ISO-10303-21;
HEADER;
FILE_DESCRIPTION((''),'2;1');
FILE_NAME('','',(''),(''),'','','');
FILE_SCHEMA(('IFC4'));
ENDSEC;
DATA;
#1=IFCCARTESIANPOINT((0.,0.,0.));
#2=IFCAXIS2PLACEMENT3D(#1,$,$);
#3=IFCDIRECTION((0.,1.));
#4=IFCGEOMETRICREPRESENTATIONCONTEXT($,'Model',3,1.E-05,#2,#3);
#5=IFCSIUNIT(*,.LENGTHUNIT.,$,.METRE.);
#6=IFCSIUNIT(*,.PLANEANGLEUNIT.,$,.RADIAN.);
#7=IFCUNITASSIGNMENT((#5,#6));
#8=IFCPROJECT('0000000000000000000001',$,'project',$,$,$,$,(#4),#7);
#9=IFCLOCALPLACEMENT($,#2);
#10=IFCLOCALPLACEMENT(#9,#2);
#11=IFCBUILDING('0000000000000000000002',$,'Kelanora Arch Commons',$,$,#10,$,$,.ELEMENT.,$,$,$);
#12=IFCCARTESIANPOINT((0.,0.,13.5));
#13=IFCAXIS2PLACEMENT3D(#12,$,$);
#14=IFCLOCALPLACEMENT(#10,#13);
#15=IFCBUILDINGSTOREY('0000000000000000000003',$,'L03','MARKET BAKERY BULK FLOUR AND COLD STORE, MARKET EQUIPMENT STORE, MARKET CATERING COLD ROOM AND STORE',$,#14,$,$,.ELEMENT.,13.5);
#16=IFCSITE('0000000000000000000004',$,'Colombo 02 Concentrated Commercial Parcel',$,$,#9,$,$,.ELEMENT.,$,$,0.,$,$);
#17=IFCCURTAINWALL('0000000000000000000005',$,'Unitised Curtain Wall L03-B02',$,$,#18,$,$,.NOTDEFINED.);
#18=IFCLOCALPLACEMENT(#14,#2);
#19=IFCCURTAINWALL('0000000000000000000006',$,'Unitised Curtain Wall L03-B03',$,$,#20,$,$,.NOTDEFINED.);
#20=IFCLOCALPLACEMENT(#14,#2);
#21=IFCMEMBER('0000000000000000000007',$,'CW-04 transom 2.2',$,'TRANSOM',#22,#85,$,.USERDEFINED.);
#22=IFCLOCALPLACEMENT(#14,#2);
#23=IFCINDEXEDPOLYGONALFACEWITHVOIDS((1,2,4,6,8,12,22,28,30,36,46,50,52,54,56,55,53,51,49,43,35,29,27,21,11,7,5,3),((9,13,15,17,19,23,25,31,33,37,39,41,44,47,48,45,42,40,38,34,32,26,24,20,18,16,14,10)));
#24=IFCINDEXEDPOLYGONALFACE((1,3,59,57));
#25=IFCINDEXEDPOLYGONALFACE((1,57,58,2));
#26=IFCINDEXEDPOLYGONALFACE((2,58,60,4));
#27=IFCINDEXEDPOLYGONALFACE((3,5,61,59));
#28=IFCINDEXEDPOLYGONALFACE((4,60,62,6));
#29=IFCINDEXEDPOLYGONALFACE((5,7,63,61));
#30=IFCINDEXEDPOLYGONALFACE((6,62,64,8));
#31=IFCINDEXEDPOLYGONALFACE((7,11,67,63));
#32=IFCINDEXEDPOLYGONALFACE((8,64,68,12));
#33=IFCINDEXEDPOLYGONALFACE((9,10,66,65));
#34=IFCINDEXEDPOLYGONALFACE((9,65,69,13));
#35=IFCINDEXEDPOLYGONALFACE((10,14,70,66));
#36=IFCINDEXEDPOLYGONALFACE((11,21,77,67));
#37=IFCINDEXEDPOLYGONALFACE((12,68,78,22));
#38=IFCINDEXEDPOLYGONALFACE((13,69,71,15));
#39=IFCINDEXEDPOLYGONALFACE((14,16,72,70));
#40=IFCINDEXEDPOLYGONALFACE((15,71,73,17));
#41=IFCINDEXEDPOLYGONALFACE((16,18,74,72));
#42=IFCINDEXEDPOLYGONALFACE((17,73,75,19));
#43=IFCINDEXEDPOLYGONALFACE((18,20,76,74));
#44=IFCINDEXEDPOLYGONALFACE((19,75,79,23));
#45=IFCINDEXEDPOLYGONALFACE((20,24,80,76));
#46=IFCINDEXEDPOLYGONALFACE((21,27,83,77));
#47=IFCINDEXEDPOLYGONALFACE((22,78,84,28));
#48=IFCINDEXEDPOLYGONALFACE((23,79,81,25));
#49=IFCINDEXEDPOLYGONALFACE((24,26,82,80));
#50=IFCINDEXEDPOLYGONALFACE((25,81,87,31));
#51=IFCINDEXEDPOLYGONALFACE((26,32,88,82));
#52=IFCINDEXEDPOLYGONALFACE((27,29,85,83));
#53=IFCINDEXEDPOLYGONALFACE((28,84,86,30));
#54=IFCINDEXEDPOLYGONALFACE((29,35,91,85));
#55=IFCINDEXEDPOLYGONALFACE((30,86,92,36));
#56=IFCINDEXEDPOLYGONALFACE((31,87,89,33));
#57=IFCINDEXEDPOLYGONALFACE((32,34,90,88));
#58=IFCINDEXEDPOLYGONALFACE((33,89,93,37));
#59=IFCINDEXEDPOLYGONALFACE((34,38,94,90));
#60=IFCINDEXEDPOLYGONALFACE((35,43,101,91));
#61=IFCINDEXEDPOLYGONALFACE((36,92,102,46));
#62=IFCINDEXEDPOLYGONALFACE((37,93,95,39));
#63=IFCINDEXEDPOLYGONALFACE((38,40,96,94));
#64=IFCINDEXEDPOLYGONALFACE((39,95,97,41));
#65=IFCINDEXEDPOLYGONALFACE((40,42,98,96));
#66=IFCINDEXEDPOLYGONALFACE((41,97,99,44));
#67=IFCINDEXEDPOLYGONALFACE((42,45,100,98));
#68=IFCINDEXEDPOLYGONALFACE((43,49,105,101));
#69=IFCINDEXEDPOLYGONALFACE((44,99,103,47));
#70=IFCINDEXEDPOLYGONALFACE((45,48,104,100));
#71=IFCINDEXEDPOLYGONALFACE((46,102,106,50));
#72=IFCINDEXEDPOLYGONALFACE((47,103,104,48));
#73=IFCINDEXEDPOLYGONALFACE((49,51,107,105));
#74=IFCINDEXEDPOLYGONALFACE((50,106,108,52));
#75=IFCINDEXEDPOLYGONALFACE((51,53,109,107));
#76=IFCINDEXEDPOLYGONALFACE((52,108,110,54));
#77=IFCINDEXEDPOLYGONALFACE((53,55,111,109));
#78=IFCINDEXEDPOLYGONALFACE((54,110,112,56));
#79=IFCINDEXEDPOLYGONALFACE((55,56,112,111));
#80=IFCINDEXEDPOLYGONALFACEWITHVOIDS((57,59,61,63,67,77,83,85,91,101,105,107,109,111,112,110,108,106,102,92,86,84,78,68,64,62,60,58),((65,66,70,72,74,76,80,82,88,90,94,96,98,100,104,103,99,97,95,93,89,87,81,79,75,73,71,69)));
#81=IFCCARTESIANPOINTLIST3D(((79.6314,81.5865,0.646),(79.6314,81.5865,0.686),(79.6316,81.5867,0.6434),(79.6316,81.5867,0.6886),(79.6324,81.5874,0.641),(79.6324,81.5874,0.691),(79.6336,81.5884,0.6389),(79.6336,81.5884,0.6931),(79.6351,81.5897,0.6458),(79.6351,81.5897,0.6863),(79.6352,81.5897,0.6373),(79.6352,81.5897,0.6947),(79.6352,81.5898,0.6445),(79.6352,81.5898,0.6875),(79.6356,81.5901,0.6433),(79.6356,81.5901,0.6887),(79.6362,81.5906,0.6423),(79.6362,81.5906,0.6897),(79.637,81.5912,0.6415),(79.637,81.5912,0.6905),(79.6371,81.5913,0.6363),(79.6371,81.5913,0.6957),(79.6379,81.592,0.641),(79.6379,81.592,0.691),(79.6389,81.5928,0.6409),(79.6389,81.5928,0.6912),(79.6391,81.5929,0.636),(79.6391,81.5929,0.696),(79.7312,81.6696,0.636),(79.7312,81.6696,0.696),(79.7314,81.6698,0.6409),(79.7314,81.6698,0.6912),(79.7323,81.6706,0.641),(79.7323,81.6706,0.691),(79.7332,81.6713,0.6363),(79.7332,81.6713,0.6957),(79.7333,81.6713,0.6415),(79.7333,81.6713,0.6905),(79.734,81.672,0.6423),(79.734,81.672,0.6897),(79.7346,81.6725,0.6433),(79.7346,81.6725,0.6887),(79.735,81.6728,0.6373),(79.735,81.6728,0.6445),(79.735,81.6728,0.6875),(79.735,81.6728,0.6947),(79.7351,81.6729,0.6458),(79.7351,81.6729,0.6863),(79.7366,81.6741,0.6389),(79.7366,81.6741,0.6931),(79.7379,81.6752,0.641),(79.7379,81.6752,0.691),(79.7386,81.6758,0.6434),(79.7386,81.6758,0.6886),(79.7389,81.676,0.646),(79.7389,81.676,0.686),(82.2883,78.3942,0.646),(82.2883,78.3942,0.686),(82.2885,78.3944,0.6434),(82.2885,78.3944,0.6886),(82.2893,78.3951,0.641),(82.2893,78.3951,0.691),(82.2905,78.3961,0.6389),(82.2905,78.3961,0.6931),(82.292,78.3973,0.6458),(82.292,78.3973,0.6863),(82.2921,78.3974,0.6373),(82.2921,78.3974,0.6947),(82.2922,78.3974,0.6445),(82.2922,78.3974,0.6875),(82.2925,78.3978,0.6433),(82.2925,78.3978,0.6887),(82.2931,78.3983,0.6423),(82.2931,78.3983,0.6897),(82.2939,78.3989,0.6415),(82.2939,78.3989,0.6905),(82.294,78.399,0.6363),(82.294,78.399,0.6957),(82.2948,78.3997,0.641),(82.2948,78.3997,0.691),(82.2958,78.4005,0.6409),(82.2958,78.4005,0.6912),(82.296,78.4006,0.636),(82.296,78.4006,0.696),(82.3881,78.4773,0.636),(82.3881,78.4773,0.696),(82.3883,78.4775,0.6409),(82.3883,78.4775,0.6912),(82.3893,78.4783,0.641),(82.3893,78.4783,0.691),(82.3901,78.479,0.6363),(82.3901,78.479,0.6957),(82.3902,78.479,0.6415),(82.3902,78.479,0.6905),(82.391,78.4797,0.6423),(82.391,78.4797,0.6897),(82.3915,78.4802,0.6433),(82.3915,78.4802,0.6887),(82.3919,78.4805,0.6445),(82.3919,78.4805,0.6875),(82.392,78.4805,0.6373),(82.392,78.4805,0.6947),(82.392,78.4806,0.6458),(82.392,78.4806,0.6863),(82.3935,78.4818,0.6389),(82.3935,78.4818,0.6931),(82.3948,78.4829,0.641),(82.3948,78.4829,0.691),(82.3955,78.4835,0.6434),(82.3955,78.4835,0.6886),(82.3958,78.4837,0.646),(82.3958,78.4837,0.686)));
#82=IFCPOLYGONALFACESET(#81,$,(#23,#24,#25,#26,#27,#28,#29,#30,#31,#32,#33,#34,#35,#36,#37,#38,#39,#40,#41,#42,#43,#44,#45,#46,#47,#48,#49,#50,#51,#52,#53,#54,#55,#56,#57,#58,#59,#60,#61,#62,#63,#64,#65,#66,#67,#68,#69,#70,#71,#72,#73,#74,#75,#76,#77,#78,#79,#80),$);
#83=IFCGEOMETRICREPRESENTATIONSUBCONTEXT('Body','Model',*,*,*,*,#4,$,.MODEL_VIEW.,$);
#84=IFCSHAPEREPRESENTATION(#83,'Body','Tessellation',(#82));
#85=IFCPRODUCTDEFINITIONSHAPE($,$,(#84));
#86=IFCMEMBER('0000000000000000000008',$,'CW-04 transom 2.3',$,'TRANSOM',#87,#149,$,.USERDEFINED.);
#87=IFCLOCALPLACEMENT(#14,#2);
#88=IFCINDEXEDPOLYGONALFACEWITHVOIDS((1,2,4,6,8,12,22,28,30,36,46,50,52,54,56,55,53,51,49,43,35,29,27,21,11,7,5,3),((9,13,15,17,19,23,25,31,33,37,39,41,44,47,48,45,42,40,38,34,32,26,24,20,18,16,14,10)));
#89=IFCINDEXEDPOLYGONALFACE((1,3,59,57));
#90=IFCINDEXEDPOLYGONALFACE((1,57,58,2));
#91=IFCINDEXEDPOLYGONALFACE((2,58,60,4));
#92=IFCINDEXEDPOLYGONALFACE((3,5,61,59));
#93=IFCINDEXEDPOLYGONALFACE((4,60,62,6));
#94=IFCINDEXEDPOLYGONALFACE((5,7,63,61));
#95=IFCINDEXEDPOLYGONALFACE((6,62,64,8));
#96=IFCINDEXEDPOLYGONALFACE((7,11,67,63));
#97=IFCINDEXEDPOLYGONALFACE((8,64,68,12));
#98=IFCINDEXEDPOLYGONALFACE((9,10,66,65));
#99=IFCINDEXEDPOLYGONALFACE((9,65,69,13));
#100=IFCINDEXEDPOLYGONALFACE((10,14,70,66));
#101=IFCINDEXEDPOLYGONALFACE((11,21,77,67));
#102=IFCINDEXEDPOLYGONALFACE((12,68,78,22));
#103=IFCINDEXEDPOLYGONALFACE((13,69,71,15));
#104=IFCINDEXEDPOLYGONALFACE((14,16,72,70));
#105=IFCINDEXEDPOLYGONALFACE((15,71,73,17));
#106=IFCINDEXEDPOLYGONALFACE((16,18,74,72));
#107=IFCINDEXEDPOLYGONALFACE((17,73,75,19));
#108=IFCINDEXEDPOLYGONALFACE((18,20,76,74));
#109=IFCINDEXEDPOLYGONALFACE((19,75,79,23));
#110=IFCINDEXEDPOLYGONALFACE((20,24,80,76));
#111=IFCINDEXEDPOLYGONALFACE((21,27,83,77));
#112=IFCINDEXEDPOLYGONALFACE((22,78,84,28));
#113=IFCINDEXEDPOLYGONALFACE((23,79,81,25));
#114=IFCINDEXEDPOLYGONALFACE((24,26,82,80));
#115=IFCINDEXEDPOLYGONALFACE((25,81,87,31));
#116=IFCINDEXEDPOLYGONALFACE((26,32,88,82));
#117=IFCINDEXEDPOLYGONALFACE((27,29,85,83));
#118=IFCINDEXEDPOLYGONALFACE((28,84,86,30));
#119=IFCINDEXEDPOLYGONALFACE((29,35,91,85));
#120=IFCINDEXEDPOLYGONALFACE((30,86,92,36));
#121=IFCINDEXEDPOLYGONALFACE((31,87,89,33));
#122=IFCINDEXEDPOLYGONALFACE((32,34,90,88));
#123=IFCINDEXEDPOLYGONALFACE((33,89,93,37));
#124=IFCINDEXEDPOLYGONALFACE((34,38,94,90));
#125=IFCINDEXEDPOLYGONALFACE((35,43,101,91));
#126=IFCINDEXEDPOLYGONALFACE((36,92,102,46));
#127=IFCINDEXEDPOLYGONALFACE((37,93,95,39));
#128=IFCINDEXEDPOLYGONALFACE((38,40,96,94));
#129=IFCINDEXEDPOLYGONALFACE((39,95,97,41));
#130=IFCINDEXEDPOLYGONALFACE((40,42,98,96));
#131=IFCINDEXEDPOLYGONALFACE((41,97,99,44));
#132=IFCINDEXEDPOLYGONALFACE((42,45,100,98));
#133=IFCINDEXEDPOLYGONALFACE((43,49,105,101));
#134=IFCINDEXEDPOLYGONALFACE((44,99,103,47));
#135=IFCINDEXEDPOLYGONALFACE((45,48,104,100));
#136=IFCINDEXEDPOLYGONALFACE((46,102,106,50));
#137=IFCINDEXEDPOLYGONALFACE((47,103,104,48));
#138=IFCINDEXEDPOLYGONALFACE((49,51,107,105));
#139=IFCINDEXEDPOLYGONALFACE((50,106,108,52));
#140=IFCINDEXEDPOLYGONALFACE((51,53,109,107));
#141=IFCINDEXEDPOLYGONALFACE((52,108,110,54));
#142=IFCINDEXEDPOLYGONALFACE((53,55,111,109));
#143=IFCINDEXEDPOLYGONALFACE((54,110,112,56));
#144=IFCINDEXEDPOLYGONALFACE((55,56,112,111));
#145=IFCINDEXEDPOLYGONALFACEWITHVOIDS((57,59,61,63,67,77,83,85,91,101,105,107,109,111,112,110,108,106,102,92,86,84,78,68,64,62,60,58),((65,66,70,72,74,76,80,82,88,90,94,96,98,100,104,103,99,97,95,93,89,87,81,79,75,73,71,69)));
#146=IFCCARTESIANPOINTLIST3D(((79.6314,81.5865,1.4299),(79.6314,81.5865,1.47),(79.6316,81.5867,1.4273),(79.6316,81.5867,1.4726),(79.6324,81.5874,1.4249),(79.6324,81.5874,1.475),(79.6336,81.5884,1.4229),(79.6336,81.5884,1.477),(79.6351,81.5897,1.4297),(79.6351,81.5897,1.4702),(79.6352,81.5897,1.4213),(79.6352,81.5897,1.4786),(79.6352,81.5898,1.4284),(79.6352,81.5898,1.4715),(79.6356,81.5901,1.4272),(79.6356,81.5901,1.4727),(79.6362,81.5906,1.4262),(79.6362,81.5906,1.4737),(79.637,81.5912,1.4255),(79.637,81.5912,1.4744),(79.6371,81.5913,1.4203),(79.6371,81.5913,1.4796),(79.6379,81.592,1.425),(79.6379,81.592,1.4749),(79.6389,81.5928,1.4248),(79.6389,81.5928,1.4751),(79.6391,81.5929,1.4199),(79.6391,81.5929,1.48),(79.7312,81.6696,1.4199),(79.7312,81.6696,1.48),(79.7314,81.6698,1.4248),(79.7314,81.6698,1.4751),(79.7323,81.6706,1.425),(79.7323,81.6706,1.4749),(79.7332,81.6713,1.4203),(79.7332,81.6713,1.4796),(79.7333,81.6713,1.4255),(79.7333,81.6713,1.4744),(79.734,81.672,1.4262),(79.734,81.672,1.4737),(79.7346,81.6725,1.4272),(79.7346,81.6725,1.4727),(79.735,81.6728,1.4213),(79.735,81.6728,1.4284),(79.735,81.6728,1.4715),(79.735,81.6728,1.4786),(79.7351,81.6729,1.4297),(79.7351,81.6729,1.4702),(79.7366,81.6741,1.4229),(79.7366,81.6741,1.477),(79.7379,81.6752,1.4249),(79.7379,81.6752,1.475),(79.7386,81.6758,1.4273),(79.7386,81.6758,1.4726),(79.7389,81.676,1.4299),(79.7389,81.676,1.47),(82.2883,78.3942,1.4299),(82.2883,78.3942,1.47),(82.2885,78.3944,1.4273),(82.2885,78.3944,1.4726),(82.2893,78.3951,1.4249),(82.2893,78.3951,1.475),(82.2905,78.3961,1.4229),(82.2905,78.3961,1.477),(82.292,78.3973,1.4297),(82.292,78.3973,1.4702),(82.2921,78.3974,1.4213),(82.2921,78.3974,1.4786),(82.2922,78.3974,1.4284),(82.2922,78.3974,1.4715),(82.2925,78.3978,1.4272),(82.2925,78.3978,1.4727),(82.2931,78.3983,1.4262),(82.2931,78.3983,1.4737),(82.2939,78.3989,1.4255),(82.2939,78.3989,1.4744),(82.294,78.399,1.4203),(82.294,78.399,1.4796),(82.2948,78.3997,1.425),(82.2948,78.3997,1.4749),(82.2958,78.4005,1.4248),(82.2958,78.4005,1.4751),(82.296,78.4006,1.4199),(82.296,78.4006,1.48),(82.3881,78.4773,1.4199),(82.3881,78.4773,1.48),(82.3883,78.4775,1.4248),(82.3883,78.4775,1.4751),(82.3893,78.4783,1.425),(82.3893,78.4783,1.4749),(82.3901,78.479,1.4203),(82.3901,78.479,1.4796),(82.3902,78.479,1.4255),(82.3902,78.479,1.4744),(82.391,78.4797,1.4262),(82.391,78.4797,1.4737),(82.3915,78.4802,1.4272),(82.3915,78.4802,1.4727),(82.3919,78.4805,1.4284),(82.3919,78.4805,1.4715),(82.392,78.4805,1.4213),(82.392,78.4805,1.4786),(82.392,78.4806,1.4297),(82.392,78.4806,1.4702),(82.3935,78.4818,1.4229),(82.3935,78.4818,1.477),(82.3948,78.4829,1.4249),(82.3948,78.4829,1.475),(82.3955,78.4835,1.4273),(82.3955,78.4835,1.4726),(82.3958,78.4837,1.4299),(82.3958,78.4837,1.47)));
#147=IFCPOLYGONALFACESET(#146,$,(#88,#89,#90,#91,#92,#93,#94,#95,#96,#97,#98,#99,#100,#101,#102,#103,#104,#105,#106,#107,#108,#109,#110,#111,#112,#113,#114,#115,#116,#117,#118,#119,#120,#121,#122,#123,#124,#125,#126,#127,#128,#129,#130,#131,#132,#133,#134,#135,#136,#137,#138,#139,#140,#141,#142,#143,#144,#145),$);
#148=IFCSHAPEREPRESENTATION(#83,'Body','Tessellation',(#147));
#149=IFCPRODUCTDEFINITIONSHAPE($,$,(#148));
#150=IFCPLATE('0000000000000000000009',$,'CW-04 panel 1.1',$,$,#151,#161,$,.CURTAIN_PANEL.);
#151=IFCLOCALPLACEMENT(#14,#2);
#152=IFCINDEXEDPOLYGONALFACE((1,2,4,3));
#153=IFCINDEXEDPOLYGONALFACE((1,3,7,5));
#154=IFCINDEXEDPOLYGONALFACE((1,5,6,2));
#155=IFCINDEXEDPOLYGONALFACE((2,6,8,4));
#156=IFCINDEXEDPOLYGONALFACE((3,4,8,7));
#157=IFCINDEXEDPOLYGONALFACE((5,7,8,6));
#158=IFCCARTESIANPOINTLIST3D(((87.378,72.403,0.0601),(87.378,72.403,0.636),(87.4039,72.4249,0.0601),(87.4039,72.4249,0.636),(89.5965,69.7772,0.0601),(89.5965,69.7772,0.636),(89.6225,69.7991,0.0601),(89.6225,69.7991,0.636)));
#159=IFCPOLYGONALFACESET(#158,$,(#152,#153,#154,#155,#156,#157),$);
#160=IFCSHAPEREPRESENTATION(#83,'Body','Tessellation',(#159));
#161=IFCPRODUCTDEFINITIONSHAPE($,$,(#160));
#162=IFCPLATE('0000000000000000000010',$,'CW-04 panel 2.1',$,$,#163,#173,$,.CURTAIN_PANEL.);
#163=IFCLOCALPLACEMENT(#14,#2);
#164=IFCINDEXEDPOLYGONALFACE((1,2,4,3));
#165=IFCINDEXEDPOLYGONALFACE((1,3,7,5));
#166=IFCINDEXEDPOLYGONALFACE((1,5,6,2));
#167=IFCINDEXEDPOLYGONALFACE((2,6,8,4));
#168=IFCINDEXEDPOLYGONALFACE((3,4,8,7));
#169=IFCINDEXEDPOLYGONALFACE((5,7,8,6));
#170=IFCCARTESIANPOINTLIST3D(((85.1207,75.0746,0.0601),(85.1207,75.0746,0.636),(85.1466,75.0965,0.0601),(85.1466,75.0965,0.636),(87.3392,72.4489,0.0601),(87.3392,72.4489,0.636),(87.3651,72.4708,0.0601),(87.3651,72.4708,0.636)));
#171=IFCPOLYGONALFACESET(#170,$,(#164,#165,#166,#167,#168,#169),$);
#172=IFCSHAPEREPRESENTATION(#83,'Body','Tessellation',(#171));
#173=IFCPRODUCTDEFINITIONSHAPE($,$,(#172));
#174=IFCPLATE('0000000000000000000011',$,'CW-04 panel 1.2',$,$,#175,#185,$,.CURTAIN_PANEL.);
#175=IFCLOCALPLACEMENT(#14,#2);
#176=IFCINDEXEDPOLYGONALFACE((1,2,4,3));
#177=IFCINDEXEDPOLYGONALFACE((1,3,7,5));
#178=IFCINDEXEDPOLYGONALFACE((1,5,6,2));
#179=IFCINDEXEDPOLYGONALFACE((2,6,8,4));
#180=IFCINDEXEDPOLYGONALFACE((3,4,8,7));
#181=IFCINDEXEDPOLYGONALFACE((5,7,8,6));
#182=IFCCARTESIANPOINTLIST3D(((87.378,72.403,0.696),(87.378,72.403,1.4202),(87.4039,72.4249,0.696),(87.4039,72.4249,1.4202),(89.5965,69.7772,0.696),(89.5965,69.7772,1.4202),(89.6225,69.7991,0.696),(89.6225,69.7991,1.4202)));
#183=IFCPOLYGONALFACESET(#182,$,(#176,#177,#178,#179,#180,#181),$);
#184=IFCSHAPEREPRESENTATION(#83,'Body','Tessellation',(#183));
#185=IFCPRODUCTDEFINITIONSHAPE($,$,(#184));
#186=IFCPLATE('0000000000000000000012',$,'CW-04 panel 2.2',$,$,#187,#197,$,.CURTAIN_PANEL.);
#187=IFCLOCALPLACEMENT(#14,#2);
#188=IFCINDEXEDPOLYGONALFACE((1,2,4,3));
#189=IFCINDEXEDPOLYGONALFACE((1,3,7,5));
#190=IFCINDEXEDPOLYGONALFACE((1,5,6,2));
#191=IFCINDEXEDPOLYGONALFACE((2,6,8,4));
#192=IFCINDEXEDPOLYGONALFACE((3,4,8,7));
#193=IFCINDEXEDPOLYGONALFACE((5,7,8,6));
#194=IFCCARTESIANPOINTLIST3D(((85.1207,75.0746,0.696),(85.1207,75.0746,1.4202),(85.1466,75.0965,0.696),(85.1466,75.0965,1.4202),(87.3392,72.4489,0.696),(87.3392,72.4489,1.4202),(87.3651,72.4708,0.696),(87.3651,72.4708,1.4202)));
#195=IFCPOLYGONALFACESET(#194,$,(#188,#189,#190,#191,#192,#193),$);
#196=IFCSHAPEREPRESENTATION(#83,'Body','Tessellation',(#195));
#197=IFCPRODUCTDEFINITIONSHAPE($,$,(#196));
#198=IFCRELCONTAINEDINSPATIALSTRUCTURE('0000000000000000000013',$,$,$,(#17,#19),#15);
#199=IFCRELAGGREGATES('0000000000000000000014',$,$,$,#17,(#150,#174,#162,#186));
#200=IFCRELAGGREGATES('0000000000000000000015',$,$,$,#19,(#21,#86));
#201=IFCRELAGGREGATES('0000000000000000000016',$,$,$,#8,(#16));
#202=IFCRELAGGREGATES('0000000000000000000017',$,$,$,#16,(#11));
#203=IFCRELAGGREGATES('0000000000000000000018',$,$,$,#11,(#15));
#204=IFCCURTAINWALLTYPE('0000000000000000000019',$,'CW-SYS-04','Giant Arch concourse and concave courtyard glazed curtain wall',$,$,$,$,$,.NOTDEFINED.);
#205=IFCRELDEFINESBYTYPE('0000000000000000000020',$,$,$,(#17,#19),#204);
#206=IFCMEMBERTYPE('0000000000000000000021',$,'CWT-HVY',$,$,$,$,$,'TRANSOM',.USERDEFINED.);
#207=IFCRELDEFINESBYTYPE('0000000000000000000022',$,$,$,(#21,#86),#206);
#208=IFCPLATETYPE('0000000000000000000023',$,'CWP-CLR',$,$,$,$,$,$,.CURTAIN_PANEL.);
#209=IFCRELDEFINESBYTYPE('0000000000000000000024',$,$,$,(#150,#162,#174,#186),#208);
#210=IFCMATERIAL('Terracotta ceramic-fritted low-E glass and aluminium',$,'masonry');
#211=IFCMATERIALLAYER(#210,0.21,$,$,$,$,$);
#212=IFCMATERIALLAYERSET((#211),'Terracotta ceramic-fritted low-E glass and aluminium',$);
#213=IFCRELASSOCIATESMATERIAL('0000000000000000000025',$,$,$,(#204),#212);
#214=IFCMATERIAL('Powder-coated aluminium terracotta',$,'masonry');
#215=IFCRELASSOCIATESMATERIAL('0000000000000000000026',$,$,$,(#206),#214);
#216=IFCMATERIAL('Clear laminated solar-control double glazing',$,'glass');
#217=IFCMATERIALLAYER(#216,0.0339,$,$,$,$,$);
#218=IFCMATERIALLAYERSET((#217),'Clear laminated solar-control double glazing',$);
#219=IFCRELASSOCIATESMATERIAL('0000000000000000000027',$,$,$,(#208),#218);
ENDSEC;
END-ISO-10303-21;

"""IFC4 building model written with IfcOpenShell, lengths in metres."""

from ifc_helpers import new_model, si_unit, direction, frame, origin, origin_2d, place, context, subcontext, project, spatial, rectangle, hollow_rectangle, extrude, source, transform, mapped, material, layer, layer_set, material_profile, profile_set, type_object, element, aggregate, save


model = new_model("IFC4")

# Units and contexts
model_context = context("Model", 3, precision=1e-05, world=origin(), true_north=direction((0.0, 1.0)))
body_context = subcontext(model_context, "Body", "Model", "MODEL_VIEW")
ifc_project = project(units=[si_unit("LENGTHUNIT", "METRE"), si_unit("PLANEANGLEUNIT", "RADIAN")], contexts=[model_context])

# Site, building, storey
site_placement = place(None, origin())
site = spatial("IfcSite", under=ifc_project, at=site_placement, Name="Colombo 02 Concentrated Commercial Parcel", CompositionType="ELEMENT", RefElevation=0.0)
building_placement = place(site_placement, origin())
building = spatial("IfcBuilding", under=site, at=building_placement, Name="Kelanora Arch Commons", CompositionType="ELEMENT")
storey_placement = place(building_placement, frame((0.0, 0.0, 13.5)))
storey = spatial("IfcBuildingStorey", under=building, at=storey_placement, Name="L03", Description="MARKET BAKERY BULK FLOUR AND COLD STORE, MARKET EQUIPMENT STORE, MARKET CATERING COLD ROOM AND STORE", CompositionType="ELEMENT", Elevation=13.5)

# Curtain walls
ifc_material_1 = material(Name="Terracotta ceramic-fritted low-E glass and aluminium", Category="masonry")
ifc_layer_1 = layer(ifc_material_1, 0.21)
ifc_layer_set_1 = layer_set([ifc_layer_1], Name="Terracotta ceramic-fritted low-E glass and aluminium")
curtain_wall_type = type_object("IfcCurtainWallType", Name="CW-SYS-04", Description="Giant Arch concourse and concave courtyard glazed curtain wall", PredefinedType="NOTDEFINED", material=ifc_layer_set_1)
curtain_wall_1_placement = place(storey_placement, origin())
curtain_wall_1 = element("IfcCurtainWall", 1, at=curtain_wall_1_placement, inside=storey, type_object=curtain_wall_type, Name="Unitised Curtain Wall L03-B02", PredefinedType="NOTDEFINED")
ifc_material_2 = material(Name="Powder-coated aluminium terracotta", Category="masonry")
curtain_wall_2_placement = place(storey_placement, origin())
curtain_wall_2 = element("IfcCurtainWall", 2, at=curtain_wall_2_placement, inside=storey, type_object=curtain_wall_type, Name="Unitised Curtain Wall L03-B03", PredefinedType="NOTDEFINED")

# Members
ifc_material_profile_1 = material_profile(ifc_material_2, hollow_rectangle(XDim=0.1399, YDim=0.0601, WallThickness=0.0049, InnerFilletRadius=0.0049, OuterFilletRadius=0.01, at=origin_2d()), Name="CWT140x60")
ifc_profile_set_1 = profile_set([ifc_material_profile_1], Name="Powder-coated aluminium terracotta")
member_type_1 = type_object("IfcMemberType", Name="CWT-HVY", ElementType="TRANSOM", PredefinedType="USERDEFINED", material=ifc_profile_set_1)
member_1_placement = place(storey_placement, frame((82.342, 78.439, 0.666), z_axis=(-0.63971, 0.768616, 0.0), x_axis=(-0.768616, -0.63971, 0.0)))
member_1 = element("IfcMember", 3, at=member_1_placement, type_object=member_type_1, Name="CW-04 transom 2.2", ObjectType="TRANSOM", PredefinedType="USERDEFINED", context=body_context, shape_type="SweptSolid", body=[
    extrude(hollow_rectangle(XDim=0.1399, YDim=0.0601, WallThickness=0.0049, InnerFilletRadius=0.0049, OuterFilletRadius=0.01, at=origin_2d()), origin(), (0.0, 0.0, 1.0), 4.1533),
])
member_2_placement = place(storey_placement, frame((82.342, 78.439, 1.45), z_axis=(-0.63971, 0.768616, 0.0), x_axis=(-0.768616, -0.63971, 0.0)))
member_2 = element("IfcMember", 4, at=member_2_placement, type_object=member_type_1, Name="CW-04 transom 2.3", ObjectType="TRANSOM", PredefinedType="USERDEFINED", context=body_context, shape_type="SweptSolid", body=[
    extrude(hollow_rectangle(XDim=0.1399, YDim=0.0601, WallThickness=0.0049, InnerFilletRadius=0.0049, OuterFilletRadius=0.01, at=origin_2d()), origin(), (0.0, 0.0, 1.0), 4.1533),
])

# Plates
ifc_material_3 = material(Name="Clear laminated solar-control double glazing", Category="glass")
ifc_layer_2 = layer(ifc_material_3, 0.0339)
ifc_layer_set_2 = layer_set([ifc_layer_2], Name="Clear laminated solar-control double glazing")
plate_type = type_object("IfcPlateType", Name="CWP-CLR", PredefinedType="CURTAIN_PANEL", material=ifc_layer_set_2)
shared_shape_1 = source(origin(), body_context, "Body", "SweptSolid", [
    extrude(rectangle(XDim=3.4375, YDim=0.0339, at=origin_2d()), origin(), (0.0, 0.0, 1.0), 0.5759),
])
plate_1_placement = place(storey_placement, frame((88.5002, 71.1011, 0.0601), z_axis=(0.0, 0.0, 1.0), x_axis=(-0.645388, 0.763855, 0.0)))
plate_1 = element("IfcPlate", 5, at=plate_1_placement, type_object=plate_type, Name="CW-04 panel 1.1", PredefinedType="CURTAIN_PANEL", context=body_context, shape_type="MappedRepresentation", body=[
    mapped(shared_shape_1, transform((0.0, 0.0, 0.0), scale=1.0)),
])
plate_2_placement = place(storey_placement, frame((86.2429, 73.7727, 0.0601), z_axis=(0.0, 0.0, 1.0), x_axis=(-0.645388, 0.763855, 0.0)))
plate_2 = element("IfcPlate", 6, at=plate_2_placement, type_object=plate_type, Name="CW-04 panel 2.1", PredefinedType="CURTAIN_PANEL", context=body_context, shape_type="MappedRepresentation", body=[
    mapped(shared_shape_1, transform((0.0, 0.0, 0.0), scale=1.0)),
])
shared_shape_2 = source(origin(), body_context, "Body", "SweptSolid", [
    extrude(rectangle(XDim=3.4375, YDim=0.0339, at=origin_2d()), origin(), (0.0, 0.0, 1.0), 0.7241),
])
plate_3_placement = place(storey_placement, frame((88.5002, 71.1011, 0.696), z_axis=(0.0, 0.0, 1.0), x_axis=(-0.645388, 0.763855, 0.0)))
plate_3 = element("IfcPlate", 7, at=plate_3_placement, type_object=plate_type, Name="CW-04 panel 1.2", PredefinedType="CURTAIN_PANEL", context=body_context, shape_type="MappedRepresentation", body=[
    mapped(shared_shape_2, transform((0.0, 0.0, 0.0), scale=1.0)),
])
plate_4_placement = place(storey_placement, frame((86.2429, 73.7727, 0.696), z_axis=(0.0, 0.0, 1.0), x_axis=(-0.645388, 0.763855, 0.0)))
plate_4 = element("IfcPlate", 8, at=plate_4_placement, type_object=plate_type, Name="CW-04 panel 2.2", PredefinedType="CURTAIN_PANEL", context=body_context, shape_type="MappedRepresentation", body=[
    mapped(shared_shape_2, transform((0.0, 0.0, 0.0), scale=1.0)),
])
aggregate(curtain_wall_1, [plate_1, plate_3, plate_2, plate_4])
aggregate(curtain_wall_2, [member_1, member_2])

save(model, "model.ifc")
